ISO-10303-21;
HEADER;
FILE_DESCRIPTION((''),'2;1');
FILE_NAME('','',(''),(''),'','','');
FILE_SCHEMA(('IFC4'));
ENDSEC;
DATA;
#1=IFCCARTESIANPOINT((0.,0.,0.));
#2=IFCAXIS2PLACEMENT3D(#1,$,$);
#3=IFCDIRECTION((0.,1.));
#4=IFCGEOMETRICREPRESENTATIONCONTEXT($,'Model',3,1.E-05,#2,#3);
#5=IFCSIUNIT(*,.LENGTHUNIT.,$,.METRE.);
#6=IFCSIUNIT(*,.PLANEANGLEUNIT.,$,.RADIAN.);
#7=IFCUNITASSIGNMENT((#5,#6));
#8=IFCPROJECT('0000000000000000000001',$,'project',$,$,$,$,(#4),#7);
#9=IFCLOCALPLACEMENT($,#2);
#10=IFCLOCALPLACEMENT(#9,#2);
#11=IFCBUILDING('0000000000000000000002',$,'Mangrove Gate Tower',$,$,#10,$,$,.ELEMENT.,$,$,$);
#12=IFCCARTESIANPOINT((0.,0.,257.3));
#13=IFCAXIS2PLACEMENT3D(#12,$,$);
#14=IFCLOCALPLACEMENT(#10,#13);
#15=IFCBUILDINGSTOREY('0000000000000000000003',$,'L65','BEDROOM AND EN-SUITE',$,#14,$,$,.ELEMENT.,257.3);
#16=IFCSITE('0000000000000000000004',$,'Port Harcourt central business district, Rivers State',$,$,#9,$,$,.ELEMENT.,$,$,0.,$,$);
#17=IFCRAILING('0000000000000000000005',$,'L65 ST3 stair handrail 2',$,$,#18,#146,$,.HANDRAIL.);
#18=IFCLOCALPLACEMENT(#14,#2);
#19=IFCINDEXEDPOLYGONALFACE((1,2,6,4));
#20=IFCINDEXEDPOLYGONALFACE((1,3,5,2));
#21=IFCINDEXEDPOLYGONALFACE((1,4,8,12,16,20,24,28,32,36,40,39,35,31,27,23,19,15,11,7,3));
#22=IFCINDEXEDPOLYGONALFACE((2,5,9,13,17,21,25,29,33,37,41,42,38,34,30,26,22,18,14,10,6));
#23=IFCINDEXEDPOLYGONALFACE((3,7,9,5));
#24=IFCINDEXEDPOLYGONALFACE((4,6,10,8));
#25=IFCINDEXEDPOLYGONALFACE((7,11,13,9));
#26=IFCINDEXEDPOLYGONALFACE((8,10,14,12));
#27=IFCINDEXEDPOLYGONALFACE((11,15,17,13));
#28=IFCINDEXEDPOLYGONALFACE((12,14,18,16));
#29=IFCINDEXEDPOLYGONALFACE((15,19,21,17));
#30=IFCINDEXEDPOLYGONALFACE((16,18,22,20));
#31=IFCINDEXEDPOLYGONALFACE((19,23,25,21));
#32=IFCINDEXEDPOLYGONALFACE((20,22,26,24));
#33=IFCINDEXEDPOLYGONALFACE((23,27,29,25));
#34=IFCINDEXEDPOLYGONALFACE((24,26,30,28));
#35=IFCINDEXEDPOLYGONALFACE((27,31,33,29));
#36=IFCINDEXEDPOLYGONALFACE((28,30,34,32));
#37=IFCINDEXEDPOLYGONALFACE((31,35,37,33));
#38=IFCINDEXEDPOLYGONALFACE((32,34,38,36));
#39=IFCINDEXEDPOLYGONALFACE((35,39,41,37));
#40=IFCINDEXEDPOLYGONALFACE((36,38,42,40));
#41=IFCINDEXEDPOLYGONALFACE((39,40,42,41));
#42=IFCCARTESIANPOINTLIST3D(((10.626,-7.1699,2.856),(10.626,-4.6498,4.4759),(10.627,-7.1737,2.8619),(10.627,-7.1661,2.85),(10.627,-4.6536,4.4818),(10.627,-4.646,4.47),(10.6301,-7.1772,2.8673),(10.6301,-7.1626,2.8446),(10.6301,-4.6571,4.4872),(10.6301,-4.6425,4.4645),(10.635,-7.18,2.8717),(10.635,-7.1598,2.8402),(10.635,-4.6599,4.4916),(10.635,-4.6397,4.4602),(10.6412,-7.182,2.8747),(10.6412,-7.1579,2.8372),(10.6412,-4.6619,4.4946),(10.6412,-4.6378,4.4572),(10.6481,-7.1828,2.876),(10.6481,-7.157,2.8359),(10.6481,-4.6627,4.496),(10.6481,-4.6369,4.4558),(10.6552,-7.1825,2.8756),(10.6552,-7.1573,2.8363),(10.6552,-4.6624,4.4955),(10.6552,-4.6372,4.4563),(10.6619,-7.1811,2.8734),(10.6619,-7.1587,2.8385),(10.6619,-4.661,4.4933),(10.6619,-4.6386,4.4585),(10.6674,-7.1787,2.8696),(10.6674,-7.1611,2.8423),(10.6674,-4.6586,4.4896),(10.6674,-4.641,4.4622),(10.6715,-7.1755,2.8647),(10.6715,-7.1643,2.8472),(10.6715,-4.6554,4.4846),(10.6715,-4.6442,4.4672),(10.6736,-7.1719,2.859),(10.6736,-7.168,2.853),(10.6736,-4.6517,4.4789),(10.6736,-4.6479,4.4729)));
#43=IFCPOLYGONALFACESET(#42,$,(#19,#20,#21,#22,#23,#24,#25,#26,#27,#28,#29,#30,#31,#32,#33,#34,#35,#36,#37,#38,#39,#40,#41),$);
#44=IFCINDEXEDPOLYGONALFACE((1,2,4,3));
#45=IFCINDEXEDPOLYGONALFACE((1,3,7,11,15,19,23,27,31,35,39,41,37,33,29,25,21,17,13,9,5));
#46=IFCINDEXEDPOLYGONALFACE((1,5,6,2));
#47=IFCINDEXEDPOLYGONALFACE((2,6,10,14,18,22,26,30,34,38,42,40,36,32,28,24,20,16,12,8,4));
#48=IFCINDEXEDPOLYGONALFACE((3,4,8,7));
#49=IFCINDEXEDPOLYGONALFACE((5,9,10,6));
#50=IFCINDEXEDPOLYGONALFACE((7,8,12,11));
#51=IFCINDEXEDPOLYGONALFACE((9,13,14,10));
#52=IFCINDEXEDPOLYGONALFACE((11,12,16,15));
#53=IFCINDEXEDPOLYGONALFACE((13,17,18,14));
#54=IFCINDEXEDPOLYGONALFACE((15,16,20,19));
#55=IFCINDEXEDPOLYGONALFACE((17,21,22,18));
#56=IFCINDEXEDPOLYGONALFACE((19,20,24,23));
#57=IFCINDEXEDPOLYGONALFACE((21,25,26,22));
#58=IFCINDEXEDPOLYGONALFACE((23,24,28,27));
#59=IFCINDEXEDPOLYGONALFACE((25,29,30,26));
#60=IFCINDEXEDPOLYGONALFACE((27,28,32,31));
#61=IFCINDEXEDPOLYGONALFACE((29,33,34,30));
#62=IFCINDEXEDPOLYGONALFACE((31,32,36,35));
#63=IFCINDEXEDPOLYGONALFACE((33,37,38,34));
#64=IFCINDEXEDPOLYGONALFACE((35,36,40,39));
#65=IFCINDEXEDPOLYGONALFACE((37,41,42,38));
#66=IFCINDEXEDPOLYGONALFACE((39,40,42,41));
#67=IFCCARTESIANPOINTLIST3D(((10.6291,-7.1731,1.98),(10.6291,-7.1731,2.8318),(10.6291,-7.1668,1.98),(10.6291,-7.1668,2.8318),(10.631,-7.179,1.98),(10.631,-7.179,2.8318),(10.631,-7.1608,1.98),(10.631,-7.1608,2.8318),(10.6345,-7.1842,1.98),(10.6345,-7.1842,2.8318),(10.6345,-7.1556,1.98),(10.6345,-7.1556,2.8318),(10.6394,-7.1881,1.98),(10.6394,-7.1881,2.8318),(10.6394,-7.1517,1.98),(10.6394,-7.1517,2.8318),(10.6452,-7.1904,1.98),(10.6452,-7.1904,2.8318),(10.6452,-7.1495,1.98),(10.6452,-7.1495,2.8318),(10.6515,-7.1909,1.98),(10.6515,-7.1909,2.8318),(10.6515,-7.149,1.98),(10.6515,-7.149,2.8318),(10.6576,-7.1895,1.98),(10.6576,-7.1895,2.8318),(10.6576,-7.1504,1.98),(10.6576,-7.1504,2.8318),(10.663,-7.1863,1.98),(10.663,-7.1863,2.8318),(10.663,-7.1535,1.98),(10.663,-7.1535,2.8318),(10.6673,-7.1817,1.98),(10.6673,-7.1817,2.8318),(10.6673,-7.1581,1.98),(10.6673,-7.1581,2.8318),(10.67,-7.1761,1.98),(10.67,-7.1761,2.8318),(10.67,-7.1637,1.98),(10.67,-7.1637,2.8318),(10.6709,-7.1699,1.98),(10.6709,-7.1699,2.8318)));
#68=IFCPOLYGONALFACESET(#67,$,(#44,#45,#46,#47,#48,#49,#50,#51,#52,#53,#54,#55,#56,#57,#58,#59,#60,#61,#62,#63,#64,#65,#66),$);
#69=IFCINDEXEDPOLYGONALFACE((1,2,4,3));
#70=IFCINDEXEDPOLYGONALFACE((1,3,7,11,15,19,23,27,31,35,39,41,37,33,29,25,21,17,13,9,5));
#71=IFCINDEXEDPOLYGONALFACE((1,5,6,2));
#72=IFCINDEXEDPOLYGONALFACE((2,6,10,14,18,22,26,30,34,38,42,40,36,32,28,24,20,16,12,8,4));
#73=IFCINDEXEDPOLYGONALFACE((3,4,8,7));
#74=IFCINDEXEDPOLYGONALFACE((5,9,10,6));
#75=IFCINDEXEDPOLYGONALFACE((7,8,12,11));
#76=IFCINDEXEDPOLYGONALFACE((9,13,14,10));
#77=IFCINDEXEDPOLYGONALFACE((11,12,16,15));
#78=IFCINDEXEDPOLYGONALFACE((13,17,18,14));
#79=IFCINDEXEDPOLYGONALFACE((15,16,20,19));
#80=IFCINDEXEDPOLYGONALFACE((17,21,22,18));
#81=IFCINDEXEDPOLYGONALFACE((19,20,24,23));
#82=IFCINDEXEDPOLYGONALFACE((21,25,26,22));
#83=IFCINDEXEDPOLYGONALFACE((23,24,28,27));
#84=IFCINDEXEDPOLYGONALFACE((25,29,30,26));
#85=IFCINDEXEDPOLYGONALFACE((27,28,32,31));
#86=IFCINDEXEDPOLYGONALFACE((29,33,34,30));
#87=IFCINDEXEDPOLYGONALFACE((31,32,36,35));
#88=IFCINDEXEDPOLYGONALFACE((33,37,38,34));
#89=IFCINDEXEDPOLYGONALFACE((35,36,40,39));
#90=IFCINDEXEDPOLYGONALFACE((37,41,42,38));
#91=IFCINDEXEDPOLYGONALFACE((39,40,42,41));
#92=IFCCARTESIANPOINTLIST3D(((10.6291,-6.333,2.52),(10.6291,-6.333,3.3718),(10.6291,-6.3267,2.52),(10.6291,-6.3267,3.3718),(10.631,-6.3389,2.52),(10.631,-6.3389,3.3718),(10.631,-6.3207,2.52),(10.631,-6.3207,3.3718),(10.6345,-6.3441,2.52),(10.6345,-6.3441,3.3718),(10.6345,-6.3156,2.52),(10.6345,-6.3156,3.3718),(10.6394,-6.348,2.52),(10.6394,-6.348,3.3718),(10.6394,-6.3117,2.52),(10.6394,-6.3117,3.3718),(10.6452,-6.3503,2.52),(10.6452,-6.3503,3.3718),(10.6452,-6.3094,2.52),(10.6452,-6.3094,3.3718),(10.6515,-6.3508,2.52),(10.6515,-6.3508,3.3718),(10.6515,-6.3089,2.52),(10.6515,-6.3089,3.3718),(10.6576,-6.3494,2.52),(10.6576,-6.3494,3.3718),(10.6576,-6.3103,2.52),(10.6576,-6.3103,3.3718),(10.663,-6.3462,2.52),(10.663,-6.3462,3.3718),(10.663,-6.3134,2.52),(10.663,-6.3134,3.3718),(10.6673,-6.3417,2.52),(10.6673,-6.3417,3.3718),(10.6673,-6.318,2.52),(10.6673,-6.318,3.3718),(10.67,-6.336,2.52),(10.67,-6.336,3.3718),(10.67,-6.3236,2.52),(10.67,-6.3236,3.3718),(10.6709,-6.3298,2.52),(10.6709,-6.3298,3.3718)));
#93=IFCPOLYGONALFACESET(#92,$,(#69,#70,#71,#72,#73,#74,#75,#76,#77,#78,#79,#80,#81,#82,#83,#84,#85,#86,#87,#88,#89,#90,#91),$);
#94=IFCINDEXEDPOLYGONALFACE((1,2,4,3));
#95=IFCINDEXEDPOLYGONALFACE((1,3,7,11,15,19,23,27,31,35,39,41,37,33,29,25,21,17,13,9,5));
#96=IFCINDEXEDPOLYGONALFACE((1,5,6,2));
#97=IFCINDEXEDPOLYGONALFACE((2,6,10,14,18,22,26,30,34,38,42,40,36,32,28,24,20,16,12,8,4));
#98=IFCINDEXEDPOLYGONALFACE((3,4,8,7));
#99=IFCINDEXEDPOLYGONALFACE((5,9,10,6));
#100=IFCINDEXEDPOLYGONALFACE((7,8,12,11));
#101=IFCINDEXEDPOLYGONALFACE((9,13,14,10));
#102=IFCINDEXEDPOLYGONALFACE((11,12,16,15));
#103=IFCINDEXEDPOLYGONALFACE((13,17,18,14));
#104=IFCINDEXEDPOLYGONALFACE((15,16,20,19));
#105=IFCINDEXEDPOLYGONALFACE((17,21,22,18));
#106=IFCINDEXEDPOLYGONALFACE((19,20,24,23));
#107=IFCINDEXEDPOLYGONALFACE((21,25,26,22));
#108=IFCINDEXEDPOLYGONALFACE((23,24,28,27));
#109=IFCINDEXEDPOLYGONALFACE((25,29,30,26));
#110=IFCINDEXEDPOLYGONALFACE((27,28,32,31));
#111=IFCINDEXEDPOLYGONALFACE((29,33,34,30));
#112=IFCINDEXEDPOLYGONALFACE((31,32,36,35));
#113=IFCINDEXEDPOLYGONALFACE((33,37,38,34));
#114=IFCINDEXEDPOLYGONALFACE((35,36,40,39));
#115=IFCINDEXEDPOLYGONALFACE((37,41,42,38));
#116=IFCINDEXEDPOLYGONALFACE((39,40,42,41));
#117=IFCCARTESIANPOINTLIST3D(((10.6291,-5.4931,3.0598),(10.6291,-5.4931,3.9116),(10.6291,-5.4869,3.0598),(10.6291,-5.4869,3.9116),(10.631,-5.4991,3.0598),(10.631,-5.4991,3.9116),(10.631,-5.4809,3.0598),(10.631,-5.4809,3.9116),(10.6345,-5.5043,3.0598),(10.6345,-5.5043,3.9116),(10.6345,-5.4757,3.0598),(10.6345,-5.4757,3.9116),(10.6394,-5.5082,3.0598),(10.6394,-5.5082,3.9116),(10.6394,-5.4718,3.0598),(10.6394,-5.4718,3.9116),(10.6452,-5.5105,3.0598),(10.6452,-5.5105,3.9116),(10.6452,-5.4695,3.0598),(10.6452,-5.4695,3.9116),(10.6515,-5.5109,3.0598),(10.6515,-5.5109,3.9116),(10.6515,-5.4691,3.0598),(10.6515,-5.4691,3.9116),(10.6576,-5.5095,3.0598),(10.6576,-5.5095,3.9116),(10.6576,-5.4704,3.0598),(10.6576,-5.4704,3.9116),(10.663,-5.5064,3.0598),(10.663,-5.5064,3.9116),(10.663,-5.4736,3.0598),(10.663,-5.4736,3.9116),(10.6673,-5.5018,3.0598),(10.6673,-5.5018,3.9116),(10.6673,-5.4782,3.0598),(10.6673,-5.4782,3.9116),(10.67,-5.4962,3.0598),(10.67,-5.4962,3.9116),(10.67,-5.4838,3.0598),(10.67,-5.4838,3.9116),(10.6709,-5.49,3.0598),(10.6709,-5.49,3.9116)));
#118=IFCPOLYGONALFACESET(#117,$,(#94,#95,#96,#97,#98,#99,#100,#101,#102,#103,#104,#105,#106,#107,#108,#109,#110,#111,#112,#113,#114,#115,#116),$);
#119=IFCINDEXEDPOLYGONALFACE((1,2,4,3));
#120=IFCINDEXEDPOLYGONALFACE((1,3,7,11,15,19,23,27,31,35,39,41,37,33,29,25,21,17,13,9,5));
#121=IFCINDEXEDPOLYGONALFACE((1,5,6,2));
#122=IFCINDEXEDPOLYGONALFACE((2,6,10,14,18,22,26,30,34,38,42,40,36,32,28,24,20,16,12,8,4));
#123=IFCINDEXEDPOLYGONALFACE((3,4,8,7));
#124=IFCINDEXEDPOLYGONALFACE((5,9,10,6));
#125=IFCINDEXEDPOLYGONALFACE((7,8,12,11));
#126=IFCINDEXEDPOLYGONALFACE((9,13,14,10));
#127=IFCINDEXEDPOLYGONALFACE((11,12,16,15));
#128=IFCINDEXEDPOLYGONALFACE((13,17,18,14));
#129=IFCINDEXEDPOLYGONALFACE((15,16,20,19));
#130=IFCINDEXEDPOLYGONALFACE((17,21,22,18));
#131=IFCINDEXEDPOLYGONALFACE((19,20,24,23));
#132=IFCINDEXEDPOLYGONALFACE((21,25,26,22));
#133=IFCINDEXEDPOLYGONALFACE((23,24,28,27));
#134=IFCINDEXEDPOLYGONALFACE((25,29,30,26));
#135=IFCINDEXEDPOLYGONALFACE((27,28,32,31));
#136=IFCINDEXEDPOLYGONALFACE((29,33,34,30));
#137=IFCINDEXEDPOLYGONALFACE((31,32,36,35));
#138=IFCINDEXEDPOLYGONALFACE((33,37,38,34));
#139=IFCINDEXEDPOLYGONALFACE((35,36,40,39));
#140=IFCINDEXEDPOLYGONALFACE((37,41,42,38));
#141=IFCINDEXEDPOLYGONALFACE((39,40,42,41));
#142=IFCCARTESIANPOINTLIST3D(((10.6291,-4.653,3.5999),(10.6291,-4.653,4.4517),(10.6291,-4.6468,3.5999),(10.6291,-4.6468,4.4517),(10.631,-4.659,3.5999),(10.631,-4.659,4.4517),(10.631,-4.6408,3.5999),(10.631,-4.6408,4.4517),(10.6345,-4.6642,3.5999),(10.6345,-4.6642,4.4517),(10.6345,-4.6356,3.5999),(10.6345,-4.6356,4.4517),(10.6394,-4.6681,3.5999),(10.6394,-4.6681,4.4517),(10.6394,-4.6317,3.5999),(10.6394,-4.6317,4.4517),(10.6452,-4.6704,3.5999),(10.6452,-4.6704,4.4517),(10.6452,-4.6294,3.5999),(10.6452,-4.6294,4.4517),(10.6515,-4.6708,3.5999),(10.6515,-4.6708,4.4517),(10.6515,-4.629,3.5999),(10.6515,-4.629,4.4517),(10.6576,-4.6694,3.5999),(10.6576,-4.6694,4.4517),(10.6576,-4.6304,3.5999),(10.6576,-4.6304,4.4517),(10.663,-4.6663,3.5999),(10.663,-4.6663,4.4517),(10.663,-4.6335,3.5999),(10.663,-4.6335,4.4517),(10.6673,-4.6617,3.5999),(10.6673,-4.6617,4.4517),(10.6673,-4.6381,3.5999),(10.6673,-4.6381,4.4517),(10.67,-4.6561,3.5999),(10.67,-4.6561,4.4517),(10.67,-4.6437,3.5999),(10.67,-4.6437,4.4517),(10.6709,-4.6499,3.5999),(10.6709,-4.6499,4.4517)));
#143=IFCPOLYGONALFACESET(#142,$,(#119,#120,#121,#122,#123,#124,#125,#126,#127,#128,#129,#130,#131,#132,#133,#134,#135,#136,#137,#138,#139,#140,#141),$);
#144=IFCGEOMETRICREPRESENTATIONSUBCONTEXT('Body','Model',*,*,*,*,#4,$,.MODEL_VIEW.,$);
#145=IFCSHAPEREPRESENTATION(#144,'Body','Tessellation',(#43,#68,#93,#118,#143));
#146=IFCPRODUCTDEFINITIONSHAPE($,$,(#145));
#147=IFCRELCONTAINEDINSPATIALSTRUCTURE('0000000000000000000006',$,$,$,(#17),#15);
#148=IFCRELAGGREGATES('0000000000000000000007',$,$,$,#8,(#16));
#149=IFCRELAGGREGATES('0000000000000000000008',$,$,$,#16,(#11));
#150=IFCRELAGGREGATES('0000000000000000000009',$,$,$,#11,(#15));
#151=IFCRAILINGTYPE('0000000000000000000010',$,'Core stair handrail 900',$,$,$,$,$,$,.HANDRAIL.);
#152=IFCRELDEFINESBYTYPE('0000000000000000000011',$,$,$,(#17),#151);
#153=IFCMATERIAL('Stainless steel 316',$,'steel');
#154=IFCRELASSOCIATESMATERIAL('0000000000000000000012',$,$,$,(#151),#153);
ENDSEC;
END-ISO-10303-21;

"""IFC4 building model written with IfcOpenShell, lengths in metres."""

from ifc_helpers import new_model, si_unit, direction, frame, origin, origin_2d, place, context, subcontext, project, spatial, circle, extrude, material, type_object, element, save


model = new_model("IFC4")

# Units and contexts
model_context = context("Model", 3, precision=1e-05, world=origin(), true_north=direction((0.0, 1.0)))
body_context = subcontext(model_context, "Body", "Model", "MODEL_VIEW")
ifc_project = project(units=[si_unit("LENGTHUNIT", "METRE"), si_unit("PLANEANGLEUNIT", "RADIAN")], contexts=[model_context])

# Site, building, storey
site_placement = place(None, origin())
site = spatial("IfcSite", under=ifc_project, at=site_placement, Name="Port Harcourt central business district, Rivers State", CompositionType="ELEMENT", RefElevation=0.0)
building_placement = place(site_placement, origin())
building = spatial("IfcBuilding", under=site, at=building_placement, Name="Mangrove Gate Tower", CompositionType="ELEMENT")
storey_placement = place(building_placement, frame((0.0, 0.0, 257.3)))
storey = spatial("IfcBuildingStorey", under=building, at=storey_placement, Name="L65", Description="BEDROOM AND EN-SUITE", CompositionType="ELEMENT", Elevation=257.3)

# Railing
ifc_material_1 = material(Name="Stainless steel 316", Category="steel")
railing_type_1 = type_object("IfcRailingType", Name="Core stair handrail 900", PredefinedType="HANDRAIL", material=ifc_material_1)
railing_1_placement = place(storey_placement, frame((10.6499, -7.1699, 1.98)))
element("IfcRailing", 1, at=railing_1_placement, inside=storey, type_object=railing_type_1, Name="L65 ST3 stair handrail 2", PredefinedType="HANDRAIL", context=body_context, shape_type="SweptSolid", body=[
    extrude(circle(Radius=0.0239, at=origin_2d()), frame((0.0, 0.0, 0.876), z_axis=(0.0, 0.8412, 0.540725), x_axis=(-1.0, 0.0, 0.0)), (0.0, 0.0, 1.0), 2.9958),
    extrude(circle(Radius=0.021, at=origin_2d()), origin(), (0.0, 0.0, 1.0), 0.8518),
    extrude(circle(Radius=0.021, at=origin_2d()), frame((0.0, 0.8401, 0.54)), (0.0, 0.0, 1.0), 0.8518),
    extrude(circle(Radius=0.021, at=origin_2d()), frame((0.0, 1.6799, 1.0798)), (0.0, 0.0, 1.0), 0.8518),
    extrude(circle(Radius=0.021, at=origin_2d()), frame((0.0, 2.52, 1.6199)), (0.0, 0.0, 1.0), 0.8518),
])

save(model, "model.ifc")
